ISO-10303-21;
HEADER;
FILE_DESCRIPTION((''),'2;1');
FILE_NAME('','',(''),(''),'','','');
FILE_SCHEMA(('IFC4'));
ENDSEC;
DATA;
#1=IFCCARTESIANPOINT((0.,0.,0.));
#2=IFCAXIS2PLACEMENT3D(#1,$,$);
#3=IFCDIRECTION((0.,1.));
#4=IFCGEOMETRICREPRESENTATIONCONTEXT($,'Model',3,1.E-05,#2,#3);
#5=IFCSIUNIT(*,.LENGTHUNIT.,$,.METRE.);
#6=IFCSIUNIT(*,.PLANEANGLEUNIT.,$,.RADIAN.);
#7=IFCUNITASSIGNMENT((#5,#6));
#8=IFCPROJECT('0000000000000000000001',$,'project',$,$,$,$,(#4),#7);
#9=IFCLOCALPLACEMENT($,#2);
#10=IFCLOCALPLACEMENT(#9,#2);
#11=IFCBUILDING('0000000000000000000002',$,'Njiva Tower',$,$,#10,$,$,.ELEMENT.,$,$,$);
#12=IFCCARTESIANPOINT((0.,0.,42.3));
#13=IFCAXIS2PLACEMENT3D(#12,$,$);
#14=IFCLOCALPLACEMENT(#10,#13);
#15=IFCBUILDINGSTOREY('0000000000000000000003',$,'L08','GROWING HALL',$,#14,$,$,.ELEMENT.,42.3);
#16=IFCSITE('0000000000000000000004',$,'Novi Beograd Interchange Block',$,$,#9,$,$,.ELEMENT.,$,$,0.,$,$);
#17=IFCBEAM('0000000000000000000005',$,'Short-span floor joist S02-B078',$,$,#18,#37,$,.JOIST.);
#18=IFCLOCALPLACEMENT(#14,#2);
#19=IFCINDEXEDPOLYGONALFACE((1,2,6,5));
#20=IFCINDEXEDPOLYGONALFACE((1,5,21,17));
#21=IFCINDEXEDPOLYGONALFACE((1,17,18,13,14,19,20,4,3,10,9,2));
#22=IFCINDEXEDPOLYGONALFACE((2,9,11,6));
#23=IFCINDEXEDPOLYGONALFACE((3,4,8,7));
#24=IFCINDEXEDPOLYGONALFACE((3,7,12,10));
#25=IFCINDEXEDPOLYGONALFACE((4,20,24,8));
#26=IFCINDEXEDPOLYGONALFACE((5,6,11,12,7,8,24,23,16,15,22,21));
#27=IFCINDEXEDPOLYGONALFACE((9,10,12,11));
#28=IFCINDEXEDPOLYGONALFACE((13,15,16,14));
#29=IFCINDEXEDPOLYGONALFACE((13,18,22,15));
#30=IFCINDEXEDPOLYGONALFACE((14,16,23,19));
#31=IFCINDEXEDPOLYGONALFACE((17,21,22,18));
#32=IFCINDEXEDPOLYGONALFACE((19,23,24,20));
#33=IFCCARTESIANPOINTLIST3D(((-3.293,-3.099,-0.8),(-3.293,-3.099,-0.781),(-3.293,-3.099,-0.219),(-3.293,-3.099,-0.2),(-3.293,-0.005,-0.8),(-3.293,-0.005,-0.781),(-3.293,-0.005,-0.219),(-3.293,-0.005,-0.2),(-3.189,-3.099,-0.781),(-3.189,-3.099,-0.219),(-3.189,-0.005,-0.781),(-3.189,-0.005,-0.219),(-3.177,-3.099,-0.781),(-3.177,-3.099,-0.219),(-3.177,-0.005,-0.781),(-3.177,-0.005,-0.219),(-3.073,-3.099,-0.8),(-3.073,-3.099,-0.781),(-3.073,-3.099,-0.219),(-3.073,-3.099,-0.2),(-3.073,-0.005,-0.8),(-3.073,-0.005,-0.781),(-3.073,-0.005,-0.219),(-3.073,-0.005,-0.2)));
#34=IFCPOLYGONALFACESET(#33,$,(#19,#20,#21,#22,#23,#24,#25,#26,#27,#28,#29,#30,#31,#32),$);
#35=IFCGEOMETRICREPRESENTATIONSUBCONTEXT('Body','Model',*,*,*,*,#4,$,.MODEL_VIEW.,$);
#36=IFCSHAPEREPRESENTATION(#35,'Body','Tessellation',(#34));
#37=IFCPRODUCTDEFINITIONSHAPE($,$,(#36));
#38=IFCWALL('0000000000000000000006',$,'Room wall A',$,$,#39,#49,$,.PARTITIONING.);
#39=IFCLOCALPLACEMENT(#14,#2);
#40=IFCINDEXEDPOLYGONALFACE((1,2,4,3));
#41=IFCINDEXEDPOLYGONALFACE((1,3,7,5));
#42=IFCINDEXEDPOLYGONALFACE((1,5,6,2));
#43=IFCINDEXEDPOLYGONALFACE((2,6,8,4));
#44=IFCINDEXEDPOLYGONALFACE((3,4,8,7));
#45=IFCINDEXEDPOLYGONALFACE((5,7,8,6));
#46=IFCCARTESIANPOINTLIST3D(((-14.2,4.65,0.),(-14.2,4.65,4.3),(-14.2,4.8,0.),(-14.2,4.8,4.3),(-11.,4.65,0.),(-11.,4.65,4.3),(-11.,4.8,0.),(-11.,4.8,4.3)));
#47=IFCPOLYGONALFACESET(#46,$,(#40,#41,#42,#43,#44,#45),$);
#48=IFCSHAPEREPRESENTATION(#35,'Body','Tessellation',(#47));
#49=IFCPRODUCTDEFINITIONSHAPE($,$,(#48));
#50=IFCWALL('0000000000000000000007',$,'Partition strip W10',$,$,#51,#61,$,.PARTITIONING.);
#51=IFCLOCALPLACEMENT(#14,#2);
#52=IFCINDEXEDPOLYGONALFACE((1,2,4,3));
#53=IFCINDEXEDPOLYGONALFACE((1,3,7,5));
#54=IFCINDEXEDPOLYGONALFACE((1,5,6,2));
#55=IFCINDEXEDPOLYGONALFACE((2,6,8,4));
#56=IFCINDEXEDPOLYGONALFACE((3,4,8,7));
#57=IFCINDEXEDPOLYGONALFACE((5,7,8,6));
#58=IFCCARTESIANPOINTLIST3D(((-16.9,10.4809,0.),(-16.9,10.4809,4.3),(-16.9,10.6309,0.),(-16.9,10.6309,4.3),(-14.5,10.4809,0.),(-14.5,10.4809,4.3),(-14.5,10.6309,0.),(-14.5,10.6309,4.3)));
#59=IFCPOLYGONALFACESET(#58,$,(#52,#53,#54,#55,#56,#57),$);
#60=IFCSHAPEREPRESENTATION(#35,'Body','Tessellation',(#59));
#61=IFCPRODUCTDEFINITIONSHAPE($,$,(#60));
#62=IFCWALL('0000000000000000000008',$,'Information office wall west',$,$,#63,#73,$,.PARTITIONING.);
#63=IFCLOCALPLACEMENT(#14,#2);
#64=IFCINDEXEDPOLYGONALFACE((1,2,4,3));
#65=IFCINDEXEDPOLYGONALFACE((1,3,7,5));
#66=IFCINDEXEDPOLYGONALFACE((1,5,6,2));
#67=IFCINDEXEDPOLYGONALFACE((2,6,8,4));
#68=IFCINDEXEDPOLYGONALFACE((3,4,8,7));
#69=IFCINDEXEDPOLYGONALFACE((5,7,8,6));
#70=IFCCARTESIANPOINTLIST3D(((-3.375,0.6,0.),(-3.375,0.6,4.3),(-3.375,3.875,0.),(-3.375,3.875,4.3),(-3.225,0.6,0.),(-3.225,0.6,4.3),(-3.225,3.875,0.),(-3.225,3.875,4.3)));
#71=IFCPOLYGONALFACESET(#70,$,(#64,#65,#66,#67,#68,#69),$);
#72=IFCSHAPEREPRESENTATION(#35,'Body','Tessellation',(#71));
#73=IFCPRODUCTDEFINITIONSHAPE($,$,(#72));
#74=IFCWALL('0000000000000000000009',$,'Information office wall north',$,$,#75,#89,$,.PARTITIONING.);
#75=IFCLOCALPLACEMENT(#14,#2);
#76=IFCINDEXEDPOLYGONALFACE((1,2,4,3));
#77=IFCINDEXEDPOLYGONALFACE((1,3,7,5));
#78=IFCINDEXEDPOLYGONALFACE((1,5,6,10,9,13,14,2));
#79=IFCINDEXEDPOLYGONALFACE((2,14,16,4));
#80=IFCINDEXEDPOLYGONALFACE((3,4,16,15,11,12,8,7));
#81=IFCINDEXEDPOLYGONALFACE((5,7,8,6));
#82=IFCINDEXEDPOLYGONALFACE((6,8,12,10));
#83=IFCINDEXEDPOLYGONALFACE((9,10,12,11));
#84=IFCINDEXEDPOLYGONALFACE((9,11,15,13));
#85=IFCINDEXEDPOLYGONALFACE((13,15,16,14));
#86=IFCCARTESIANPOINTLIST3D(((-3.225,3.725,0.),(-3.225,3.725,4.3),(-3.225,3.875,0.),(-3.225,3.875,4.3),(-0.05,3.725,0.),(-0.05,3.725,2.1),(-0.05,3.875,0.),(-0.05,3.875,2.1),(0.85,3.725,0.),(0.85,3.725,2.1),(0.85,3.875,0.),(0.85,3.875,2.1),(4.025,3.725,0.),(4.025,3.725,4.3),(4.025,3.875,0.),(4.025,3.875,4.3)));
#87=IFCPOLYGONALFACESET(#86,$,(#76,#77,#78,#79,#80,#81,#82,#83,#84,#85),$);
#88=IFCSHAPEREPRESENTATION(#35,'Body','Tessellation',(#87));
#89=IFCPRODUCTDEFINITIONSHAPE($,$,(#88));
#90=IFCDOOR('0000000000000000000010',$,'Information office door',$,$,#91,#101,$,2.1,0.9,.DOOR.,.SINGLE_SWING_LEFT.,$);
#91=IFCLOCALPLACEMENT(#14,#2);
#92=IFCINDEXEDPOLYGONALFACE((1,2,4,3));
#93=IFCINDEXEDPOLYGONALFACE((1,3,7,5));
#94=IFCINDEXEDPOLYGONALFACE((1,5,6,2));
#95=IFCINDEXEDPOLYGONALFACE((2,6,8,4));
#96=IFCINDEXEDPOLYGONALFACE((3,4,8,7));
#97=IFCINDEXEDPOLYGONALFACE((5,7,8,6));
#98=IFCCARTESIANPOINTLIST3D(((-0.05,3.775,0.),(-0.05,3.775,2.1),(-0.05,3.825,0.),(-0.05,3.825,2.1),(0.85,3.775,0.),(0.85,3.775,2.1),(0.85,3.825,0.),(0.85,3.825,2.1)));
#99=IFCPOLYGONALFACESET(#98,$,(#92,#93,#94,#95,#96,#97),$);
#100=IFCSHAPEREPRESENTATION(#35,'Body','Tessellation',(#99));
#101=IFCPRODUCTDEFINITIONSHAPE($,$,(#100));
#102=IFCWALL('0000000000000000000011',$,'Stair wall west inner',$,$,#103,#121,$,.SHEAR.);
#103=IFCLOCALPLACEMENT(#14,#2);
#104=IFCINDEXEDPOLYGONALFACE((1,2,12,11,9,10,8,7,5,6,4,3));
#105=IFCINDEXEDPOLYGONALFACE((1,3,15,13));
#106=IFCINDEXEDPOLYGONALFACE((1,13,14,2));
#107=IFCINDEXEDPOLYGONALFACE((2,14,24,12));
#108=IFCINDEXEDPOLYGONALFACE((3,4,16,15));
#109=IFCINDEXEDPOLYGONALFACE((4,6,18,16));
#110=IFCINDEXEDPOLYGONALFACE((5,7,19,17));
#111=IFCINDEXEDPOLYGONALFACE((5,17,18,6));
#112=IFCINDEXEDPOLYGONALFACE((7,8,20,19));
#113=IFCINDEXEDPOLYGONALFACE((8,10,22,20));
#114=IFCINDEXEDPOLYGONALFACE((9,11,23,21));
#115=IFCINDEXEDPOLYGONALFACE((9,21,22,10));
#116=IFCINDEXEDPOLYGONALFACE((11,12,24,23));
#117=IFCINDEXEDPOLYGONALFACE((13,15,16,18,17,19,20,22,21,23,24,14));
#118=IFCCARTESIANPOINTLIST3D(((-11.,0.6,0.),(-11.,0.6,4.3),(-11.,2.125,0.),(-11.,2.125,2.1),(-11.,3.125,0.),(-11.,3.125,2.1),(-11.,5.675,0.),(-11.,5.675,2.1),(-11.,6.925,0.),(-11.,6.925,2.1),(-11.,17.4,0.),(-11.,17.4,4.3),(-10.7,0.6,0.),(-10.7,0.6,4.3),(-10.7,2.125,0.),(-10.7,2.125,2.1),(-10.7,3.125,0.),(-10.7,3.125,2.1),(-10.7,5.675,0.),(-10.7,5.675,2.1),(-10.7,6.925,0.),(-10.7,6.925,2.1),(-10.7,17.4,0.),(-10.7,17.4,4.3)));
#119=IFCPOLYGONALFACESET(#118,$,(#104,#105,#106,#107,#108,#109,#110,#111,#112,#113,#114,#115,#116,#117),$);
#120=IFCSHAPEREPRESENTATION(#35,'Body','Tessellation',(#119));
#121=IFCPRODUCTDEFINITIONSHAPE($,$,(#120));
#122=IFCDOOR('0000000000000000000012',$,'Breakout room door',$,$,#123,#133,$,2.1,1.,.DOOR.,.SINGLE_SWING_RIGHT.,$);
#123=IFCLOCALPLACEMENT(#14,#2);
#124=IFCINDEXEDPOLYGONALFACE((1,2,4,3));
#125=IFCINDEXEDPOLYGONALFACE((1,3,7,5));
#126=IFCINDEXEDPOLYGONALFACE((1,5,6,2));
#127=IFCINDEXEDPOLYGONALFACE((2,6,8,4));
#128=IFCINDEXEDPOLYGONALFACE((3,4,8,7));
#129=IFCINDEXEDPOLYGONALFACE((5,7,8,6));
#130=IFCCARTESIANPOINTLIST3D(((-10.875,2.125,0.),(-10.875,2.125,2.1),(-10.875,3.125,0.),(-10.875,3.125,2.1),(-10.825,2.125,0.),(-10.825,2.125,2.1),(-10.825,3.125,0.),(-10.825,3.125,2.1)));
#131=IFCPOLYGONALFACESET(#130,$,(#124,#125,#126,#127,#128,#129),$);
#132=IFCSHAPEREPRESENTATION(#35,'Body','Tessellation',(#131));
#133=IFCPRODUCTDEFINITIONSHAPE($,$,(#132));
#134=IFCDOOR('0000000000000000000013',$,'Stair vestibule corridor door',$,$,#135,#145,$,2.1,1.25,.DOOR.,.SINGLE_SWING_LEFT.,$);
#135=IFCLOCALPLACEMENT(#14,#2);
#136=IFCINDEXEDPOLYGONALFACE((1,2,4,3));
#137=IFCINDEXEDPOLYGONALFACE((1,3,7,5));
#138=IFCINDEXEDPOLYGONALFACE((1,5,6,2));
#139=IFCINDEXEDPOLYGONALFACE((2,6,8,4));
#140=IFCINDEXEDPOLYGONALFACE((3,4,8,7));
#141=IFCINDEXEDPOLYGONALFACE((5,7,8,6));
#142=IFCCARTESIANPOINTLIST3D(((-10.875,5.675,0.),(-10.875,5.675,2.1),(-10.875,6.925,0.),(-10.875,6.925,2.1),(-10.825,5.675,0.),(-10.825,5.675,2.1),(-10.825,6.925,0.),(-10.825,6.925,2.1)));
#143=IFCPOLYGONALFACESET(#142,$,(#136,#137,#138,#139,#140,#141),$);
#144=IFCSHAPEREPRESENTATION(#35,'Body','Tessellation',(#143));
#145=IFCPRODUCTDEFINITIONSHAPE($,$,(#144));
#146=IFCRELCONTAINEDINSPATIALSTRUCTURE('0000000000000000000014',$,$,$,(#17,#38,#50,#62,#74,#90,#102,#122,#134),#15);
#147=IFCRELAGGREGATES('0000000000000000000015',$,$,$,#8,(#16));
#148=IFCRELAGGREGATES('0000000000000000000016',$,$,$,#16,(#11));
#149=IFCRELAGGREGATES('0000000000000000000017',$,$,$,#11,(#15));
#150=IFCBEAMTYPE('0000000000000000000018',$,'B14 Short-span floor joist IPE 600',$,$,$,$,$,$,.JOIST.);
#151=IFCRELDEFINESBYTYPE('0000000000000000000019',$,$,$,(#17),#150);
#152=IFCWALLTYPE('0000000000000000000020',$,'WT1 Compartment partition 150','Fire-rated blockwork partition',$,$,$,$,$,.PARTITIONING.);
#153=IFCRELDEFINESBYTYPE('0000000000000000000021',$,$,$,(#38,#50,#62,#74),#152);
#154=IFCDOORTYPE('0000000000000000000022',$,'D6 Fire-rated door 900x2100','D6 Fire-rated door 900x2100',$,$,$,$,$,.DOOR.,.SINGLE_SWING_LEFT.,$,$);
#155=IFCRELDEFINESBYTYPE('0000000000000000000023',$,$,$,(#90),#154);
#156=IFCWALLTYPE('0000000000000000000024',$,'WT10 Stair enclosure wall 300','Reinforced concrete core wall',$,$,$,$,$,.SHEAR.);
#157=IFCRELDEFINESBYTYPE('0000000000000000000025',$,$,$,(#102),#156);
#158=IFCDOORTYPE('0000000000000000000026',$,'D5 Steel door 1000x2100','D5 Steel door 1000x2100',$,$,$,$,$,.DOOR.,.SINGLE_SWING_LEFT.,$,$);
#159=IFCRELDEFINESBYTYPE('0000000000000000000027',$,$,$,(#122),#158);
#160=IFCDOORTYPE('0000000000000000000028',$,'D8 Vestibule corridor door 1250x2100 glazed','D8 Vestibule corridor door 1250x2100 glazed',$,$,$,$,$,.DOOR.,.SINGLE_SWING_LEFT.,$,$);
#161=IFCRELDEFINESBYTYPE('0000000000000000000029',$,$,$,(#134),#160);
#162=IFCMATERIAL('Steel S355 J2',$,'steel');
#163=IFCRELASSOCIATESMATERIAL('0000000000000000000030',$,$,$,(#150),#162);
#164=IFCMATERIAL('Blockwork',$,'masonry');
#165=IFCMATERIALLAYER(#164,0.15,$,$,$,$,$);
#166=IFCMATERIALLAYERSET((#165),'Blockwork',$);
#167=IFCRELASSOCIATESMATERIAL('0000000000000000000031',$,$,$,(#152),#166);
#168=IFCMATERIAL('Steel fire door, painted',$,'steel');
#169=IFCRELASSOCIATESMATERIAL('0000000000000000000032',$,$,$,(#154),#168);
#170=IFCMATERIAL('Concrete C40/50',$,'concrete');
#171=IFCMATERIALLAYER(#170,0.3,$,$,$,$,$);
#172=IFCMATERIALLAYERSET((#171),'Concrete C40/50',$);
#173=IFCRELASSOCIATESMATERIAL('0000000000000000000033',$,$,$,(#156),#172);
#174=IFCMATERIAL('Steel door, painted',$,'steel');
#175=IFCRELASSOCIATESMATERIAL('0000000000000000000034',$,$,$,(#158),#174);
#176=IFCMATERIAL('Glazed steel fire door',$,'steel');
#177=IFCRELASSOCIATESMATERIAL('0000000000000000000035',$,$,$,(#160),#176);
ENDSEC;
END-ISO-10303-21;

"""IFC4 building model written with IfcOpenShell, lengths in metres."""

from ifc_helpers import new_model, si_unit, direction, frame, frame_2d, origin, origin_2d, place, context, subcontext, project, spatial, rectangle, i_section, extrude, material, layer, layer_set, material_profile, profile_set, type_object, element, fill, save


model = new_model("IFC4")

# Units and contexts
model_context = context("Model", 3, precision=1e-05, world=origin(), true_north=direction((0.0, 1.0)))
body_context = subcontext(model_context, "Body", "Model", "MODEL_VIEW")
ifc_project = project(units=[si_unit("LENGTHUNIT", "METRE"), si_unit("PLANEANGLEUNIT", "RADIAN")], contexts=[model_context])

# Site, building, storey
site_placement = place(None, origin())
site = spatial("IfcSite", under=ifc_project, at=site_placement, Name="Novi Beograd Interchange Block", CompositionType="ELEMENT", RefElevation=0.0)
building_placement = place(site_placement, origin())
building = spatial("IfcBuilding", under=site, at=building_placement, Name="Njiva Tower", CompositionType="ELEMENT")
storey_placement = place(building_placement, frame((0.0, 0.0, 42.3)))
storey = spatial("IfcBuildingStorey", under=building, at=storey_placement, Name="L08", Description="GROWING HALL", CompositionType="ELEMENT", Elevation=42.3)

# Beam
ifc_material_1 = material(Name="Steel S355 J2", Category="steel")
ifc_material_profile = material_profile(ifc_material_1, i_section(OverallWidth=0.22, OverallDepth=0.6, WebThickness=0.012, FlangeThickness=0.019, at=origin_2d()), Name="IPE 600")
ifc_profile_set = profile_set([ifc_material_profile], Name="Steel S355 J2")
beam_type = type_object("IfcBeamType", Name="B14 Short-span floor joist IPE 600", PredefinedType="JOIST", material=ifc_profile_set)
beam_placement = place(storey_placement, frame((-3.183, -0.005, -0.5), z_axis=(0.0, -1.0, 0.0), x_axis=(1.0, 0.0, 0.0)))
element("IfcBeam", 1, at=beam_placement, inside=storey, type_object=beam_type, Name="Short-span floor joist S02-B078", PredefinedType="JOIST", context=body_context, shape_type="SweptSolid", body=[
    extrude(i_section(OverallWidth=0.22, OverallDepth=0.6, WebThickness=0.012, FlangeThickness=0.019, at=origin_2d()), origin(), (0.0, 0.0, 1.0), 3.094),
])

# Walls
ifc_material_2 = material(Name="Blockwork", Category="masonry")
ifc_layer_1 = layer(ifc_material_2, 0.15)
ifc_layer_set_1 = layer_set([ifc_layer_1], Name="Blockwork")
wall_type_1 = type_object("IfcWallType", Name="WT1 Compartment partition 150", Description="Fire-rated blockwork partition", PredefinedType="PARTITIONING", material=ifc_layer_set_1)
wall_1_placement = place(storey_placement, frame((-14.2, 4.725, 0.0), z_axis=(0.0, 0.0, 1.0), x_axis=(1.0, 0.0, 0.0)))
element("IfcWall", 2, at=wall_1_placement, inside=storey, type_object=wall_type_1, Name="Room wall A", PredefinedType="PARTITIONING", context=body_context, shape_type="SweptSolid", body=[
    extrude(rectangle(XDim=3.2, YDim=0.15, at=frame_2d((1.6, 0.0))), origin(), (0.0, 0.0, 1.0), 4.3),
])
wall_2_placement = place(storey_placement, frame((-16.9, 10.5559, 0.0), z_axis=(0.0, 0.0, 1.0), x_axis=(1.0, 0.0, 0.0)))
element("IfcWall", 3, at=wall_2_placement, inside=storey, type_object=wall_type_1, Name="Partition strip W10", PredefinedType="PARTITIONING", context=body_context, shape_type="SweptSolid", body=[
    extrude(rectangle(XDim=2.4, YDim=0.15, at=frame_2d((1.2, 0.0))), origin(), (0.0, 0.0, 1.0), 4.3),
])
wall_3_placement = place(storey_placement, frame((-3.3, 0.6, 0.0), z_axis=(0.0, 0.0, 1.0), x_axis=(0.0, 1.0, 0.0)))
element("IfcWall", 4, at=wall_3_placement, inside=storey, type_object=wall_type_1, Name="Information office wall west", PredefinedType="PARTITIONING", context=body_context, shape_type="SweptSolid", body=[
    extrude(rectangle(XDim=3.275, YDim=0.15, at=frame_2d((1.6375, 0.0))), origin(), (0.0, 0.0, 1.0), 4.3),
])

# Wall, opening, door
wall_4_placement = place(storey_placement, frame((-3.225, 3.8, 0.0), z_axis=(0.0, 0.0, 1.0), x_axis=(1.0, 0.0, 0.0)))
wall_4 = element("IfcWall", 5, at=wall_4_placement, inside=storey, type_object=wall_type_1, Name="Information office wall north", PredefinedType="PARTITIONING", context=body_context, shape_type="SweptSolid", body=[
    extrude(rectangle(XDim=7.25, YDim=0.15, at=frame_2d((3.625, 0.0))), origin(), (0.0, 0.0, 1.0), 4.3),
])
opening_1_placement = place(wall_4_placement, frame((3.175, 0.0, 0.0)))
opening_1 = element("IfcOpeningElement", 6, at=opening_1_placement, cuts=wall_4, PredefinedType="OPENING", context=body_context, shape_type="SweptSolid", body=[
    extrude(rectangle(XDim=0.9, YDim=2.1, at=frame_2d((0.45, 1.05))), frame((0.0, 0.085, 0.0), z_axis=(0.0, -1.0, 0.0), x_axis=(1.0, 0.0, 0.0)), (0.0, 0.0, 1.0), 0.17),
])
ifc_material_3 = material(Name="Steel fire door, painted", Category="steel")
door_type_1 = type_object("IfcDoorType", Name="D6 Fire-rated door 900x2100", Description="D6 Fire-rated door 900x2100", OperationType="SINGLE_SWING_LEFT", PredefinedType="DOOR", material=ifc_material_3)
door_1_placement = place(opening_1_placement, origin())
door_1 = element("IfcDoor", 7, at=door_1_placement, inside=storey, type_object=door_type_1, Name="Information office door", OperationType="SINGLE_SWING_LEFT", OverallHeight=2.1, OverallWidth=0.9, PredefinedType="DOOR", context=body_context, shape_type="SweptSolid", body=[
    extrude(rectangle(XDim=0.9, YDim=2.1, at=frame_2d((0.45, 1.05))), frame((0.0, 0.025, 0.0), z_axis=(0.0, -1.0, 0.0), x_axis=(1.0, 0.0, 0.0)), (0.0, 0.0, 1.0), 0.05),
])
fill(opening_1, door_1)

# Wall, openings, doors
ifc_material_4 = material(Name="Concrete C40/50", Category="concrete")
ifc_layer_2 = layer(ifc_material_4, 0.3)
ifc_layer_set_2 = layer_set([ifc_layer_2], Name="Concrete C40/50")
wall_type_2 = type_object("IfcWallType", Name="WT10 Stair enclosure wall 300", Description="Reinforced concrete core wall", PredefinedType="SHEAR", material=ifc_layer_set_2)
wall_5_placement = place(storey_placement, frame((-10.85, 0.6, 0.0), z_axis=(0.0, 0.0, 1.0), x_axis=(0.0, 1.0, 0.0)))
wall_5 = element("IfcWall", 8, at=wall_5_placement, inside=storey, type_object=wall_type_2, Name="Stair wall west inner", PredefinedType="SHEAR", context=body_context, shape_type="SweptSolid", body=[
    extrude(rectangle(XDim=16.8, YDim=0.3, at=frame_2d((8.4, 0.0))), origin(), (0.0, 0.0, 1.0), 4.3),
])
opening_2_placement = place(wall_5_placement, frame((5.075, 0.0, 0.0)))
opening_2 = element("IfcOpeningElement", 9, at=opening_2_placement, cuts=wall_5, PredefinedType="OPENING", context=body_context, shape_type="SweptSolid", body=[
    extrude(rectangle(XDim=1.25, YDim=2.1, at=frame_2d((0.625, 1.05))), frame((0.0, 0.16, 0.0), z_axis=(0.0, -1.0, 0.0), x_axis=(1.0, 0.0, 0.0)), (0.0, 0.0, 1.0), 0.32),
])
opening_3_placement = place(wall_5_placement, frame((1.525, 0.0, 0.0)))
opening_3 = element("IfcOpeningElement", 10, at=opening_3_placement, cuts=wall_5, PredefinedType="OPENING", context=body_context, shape_type="SweptSolid", body=[
    extrude(rectangle(XDim=1.0, YDim=2.1, at=frame_2d((0.5, 1.05))), frame((0.0, 0.16, 0.0), z_axis=(0.0, -1.0, 0.0), x_axis=(1.0, 0.0, 0.0)), (0.0, 0.0, 1.0), 0.32),
])
ifc_material_5 = material(Name="Steel door, painted", Category="steel")
door_type_2 = type_object("IfcDoorType", Name="D5 Steel door 1000x2100", Description="D5 Steel door 1000x2100", OperationType="SINGLE_SWING_LEFT", PredefinedType="DOOR", material=ifc_material_5)
door_2_placement = place(opening_3_placement, origin())
door_2 = element("IfcDoor", 11, at=door_2_placement, inside=storey, type_object=door_type_2, Name="Breakout room door", OperationType="SINGLE_SWING_RIGHT", OverallHeight=2.1, OverallWidth=1.0, PredefinedType="DOOR", context=body_context, shape_type="SweptSolid", body=[
    extrude(rectangle(XDim=1.0, YDim=2.1, at=frame_2d((0.5, 1.05))), frame((0.0, 0.025, 0.0), z_axis=(0.0, -1.0, 0.0), x_axis=(1.0, 0.0, 0.0)), (0.0, 0.0, 1.0), 0.05),
])
fill(opening_3, door_2)
ifc_material_6 = material(Name="Glazed steel fire door", Category="steel")
door_type_3 = type_object("IfcDoorType", Name="D8 Vestibule corridor door 1250x2100 glazed", Description="D8 Vestibule corridor door 1250x2100 glazed", OperationType="SINGLE_SWING_LEFT", PredefinedType="DOOR", material=ifc_material_6)
door_3_placement = place(opening_2_placement, origin())
door_3 = element("IfcDoor", 12, at=door_3_placement, inside=storey, type_object=door_type_3, Name="Stair vestibule corridor door", OperationType="SINGLE_SWING_LEFT", OverallHeight=2.1, OverallWidth=1.25, PredefinedType="DOOR", context=body_context, shape_type="SweptSolid", body=[
    extrude(rectangle(XDim=1.25, YDim=2.1, at=frame_2d((0.625, 1.05))), frame((0.0, 0.025, 0.0), z_axis=(0.0, -1.0, 0.0), x_axis=(1.0, 0.0, 0.0)), (0.0, 0.0, 1.0), 0.05),
])
fill(opening_2, door_3)

save(model, "model.ifc")
